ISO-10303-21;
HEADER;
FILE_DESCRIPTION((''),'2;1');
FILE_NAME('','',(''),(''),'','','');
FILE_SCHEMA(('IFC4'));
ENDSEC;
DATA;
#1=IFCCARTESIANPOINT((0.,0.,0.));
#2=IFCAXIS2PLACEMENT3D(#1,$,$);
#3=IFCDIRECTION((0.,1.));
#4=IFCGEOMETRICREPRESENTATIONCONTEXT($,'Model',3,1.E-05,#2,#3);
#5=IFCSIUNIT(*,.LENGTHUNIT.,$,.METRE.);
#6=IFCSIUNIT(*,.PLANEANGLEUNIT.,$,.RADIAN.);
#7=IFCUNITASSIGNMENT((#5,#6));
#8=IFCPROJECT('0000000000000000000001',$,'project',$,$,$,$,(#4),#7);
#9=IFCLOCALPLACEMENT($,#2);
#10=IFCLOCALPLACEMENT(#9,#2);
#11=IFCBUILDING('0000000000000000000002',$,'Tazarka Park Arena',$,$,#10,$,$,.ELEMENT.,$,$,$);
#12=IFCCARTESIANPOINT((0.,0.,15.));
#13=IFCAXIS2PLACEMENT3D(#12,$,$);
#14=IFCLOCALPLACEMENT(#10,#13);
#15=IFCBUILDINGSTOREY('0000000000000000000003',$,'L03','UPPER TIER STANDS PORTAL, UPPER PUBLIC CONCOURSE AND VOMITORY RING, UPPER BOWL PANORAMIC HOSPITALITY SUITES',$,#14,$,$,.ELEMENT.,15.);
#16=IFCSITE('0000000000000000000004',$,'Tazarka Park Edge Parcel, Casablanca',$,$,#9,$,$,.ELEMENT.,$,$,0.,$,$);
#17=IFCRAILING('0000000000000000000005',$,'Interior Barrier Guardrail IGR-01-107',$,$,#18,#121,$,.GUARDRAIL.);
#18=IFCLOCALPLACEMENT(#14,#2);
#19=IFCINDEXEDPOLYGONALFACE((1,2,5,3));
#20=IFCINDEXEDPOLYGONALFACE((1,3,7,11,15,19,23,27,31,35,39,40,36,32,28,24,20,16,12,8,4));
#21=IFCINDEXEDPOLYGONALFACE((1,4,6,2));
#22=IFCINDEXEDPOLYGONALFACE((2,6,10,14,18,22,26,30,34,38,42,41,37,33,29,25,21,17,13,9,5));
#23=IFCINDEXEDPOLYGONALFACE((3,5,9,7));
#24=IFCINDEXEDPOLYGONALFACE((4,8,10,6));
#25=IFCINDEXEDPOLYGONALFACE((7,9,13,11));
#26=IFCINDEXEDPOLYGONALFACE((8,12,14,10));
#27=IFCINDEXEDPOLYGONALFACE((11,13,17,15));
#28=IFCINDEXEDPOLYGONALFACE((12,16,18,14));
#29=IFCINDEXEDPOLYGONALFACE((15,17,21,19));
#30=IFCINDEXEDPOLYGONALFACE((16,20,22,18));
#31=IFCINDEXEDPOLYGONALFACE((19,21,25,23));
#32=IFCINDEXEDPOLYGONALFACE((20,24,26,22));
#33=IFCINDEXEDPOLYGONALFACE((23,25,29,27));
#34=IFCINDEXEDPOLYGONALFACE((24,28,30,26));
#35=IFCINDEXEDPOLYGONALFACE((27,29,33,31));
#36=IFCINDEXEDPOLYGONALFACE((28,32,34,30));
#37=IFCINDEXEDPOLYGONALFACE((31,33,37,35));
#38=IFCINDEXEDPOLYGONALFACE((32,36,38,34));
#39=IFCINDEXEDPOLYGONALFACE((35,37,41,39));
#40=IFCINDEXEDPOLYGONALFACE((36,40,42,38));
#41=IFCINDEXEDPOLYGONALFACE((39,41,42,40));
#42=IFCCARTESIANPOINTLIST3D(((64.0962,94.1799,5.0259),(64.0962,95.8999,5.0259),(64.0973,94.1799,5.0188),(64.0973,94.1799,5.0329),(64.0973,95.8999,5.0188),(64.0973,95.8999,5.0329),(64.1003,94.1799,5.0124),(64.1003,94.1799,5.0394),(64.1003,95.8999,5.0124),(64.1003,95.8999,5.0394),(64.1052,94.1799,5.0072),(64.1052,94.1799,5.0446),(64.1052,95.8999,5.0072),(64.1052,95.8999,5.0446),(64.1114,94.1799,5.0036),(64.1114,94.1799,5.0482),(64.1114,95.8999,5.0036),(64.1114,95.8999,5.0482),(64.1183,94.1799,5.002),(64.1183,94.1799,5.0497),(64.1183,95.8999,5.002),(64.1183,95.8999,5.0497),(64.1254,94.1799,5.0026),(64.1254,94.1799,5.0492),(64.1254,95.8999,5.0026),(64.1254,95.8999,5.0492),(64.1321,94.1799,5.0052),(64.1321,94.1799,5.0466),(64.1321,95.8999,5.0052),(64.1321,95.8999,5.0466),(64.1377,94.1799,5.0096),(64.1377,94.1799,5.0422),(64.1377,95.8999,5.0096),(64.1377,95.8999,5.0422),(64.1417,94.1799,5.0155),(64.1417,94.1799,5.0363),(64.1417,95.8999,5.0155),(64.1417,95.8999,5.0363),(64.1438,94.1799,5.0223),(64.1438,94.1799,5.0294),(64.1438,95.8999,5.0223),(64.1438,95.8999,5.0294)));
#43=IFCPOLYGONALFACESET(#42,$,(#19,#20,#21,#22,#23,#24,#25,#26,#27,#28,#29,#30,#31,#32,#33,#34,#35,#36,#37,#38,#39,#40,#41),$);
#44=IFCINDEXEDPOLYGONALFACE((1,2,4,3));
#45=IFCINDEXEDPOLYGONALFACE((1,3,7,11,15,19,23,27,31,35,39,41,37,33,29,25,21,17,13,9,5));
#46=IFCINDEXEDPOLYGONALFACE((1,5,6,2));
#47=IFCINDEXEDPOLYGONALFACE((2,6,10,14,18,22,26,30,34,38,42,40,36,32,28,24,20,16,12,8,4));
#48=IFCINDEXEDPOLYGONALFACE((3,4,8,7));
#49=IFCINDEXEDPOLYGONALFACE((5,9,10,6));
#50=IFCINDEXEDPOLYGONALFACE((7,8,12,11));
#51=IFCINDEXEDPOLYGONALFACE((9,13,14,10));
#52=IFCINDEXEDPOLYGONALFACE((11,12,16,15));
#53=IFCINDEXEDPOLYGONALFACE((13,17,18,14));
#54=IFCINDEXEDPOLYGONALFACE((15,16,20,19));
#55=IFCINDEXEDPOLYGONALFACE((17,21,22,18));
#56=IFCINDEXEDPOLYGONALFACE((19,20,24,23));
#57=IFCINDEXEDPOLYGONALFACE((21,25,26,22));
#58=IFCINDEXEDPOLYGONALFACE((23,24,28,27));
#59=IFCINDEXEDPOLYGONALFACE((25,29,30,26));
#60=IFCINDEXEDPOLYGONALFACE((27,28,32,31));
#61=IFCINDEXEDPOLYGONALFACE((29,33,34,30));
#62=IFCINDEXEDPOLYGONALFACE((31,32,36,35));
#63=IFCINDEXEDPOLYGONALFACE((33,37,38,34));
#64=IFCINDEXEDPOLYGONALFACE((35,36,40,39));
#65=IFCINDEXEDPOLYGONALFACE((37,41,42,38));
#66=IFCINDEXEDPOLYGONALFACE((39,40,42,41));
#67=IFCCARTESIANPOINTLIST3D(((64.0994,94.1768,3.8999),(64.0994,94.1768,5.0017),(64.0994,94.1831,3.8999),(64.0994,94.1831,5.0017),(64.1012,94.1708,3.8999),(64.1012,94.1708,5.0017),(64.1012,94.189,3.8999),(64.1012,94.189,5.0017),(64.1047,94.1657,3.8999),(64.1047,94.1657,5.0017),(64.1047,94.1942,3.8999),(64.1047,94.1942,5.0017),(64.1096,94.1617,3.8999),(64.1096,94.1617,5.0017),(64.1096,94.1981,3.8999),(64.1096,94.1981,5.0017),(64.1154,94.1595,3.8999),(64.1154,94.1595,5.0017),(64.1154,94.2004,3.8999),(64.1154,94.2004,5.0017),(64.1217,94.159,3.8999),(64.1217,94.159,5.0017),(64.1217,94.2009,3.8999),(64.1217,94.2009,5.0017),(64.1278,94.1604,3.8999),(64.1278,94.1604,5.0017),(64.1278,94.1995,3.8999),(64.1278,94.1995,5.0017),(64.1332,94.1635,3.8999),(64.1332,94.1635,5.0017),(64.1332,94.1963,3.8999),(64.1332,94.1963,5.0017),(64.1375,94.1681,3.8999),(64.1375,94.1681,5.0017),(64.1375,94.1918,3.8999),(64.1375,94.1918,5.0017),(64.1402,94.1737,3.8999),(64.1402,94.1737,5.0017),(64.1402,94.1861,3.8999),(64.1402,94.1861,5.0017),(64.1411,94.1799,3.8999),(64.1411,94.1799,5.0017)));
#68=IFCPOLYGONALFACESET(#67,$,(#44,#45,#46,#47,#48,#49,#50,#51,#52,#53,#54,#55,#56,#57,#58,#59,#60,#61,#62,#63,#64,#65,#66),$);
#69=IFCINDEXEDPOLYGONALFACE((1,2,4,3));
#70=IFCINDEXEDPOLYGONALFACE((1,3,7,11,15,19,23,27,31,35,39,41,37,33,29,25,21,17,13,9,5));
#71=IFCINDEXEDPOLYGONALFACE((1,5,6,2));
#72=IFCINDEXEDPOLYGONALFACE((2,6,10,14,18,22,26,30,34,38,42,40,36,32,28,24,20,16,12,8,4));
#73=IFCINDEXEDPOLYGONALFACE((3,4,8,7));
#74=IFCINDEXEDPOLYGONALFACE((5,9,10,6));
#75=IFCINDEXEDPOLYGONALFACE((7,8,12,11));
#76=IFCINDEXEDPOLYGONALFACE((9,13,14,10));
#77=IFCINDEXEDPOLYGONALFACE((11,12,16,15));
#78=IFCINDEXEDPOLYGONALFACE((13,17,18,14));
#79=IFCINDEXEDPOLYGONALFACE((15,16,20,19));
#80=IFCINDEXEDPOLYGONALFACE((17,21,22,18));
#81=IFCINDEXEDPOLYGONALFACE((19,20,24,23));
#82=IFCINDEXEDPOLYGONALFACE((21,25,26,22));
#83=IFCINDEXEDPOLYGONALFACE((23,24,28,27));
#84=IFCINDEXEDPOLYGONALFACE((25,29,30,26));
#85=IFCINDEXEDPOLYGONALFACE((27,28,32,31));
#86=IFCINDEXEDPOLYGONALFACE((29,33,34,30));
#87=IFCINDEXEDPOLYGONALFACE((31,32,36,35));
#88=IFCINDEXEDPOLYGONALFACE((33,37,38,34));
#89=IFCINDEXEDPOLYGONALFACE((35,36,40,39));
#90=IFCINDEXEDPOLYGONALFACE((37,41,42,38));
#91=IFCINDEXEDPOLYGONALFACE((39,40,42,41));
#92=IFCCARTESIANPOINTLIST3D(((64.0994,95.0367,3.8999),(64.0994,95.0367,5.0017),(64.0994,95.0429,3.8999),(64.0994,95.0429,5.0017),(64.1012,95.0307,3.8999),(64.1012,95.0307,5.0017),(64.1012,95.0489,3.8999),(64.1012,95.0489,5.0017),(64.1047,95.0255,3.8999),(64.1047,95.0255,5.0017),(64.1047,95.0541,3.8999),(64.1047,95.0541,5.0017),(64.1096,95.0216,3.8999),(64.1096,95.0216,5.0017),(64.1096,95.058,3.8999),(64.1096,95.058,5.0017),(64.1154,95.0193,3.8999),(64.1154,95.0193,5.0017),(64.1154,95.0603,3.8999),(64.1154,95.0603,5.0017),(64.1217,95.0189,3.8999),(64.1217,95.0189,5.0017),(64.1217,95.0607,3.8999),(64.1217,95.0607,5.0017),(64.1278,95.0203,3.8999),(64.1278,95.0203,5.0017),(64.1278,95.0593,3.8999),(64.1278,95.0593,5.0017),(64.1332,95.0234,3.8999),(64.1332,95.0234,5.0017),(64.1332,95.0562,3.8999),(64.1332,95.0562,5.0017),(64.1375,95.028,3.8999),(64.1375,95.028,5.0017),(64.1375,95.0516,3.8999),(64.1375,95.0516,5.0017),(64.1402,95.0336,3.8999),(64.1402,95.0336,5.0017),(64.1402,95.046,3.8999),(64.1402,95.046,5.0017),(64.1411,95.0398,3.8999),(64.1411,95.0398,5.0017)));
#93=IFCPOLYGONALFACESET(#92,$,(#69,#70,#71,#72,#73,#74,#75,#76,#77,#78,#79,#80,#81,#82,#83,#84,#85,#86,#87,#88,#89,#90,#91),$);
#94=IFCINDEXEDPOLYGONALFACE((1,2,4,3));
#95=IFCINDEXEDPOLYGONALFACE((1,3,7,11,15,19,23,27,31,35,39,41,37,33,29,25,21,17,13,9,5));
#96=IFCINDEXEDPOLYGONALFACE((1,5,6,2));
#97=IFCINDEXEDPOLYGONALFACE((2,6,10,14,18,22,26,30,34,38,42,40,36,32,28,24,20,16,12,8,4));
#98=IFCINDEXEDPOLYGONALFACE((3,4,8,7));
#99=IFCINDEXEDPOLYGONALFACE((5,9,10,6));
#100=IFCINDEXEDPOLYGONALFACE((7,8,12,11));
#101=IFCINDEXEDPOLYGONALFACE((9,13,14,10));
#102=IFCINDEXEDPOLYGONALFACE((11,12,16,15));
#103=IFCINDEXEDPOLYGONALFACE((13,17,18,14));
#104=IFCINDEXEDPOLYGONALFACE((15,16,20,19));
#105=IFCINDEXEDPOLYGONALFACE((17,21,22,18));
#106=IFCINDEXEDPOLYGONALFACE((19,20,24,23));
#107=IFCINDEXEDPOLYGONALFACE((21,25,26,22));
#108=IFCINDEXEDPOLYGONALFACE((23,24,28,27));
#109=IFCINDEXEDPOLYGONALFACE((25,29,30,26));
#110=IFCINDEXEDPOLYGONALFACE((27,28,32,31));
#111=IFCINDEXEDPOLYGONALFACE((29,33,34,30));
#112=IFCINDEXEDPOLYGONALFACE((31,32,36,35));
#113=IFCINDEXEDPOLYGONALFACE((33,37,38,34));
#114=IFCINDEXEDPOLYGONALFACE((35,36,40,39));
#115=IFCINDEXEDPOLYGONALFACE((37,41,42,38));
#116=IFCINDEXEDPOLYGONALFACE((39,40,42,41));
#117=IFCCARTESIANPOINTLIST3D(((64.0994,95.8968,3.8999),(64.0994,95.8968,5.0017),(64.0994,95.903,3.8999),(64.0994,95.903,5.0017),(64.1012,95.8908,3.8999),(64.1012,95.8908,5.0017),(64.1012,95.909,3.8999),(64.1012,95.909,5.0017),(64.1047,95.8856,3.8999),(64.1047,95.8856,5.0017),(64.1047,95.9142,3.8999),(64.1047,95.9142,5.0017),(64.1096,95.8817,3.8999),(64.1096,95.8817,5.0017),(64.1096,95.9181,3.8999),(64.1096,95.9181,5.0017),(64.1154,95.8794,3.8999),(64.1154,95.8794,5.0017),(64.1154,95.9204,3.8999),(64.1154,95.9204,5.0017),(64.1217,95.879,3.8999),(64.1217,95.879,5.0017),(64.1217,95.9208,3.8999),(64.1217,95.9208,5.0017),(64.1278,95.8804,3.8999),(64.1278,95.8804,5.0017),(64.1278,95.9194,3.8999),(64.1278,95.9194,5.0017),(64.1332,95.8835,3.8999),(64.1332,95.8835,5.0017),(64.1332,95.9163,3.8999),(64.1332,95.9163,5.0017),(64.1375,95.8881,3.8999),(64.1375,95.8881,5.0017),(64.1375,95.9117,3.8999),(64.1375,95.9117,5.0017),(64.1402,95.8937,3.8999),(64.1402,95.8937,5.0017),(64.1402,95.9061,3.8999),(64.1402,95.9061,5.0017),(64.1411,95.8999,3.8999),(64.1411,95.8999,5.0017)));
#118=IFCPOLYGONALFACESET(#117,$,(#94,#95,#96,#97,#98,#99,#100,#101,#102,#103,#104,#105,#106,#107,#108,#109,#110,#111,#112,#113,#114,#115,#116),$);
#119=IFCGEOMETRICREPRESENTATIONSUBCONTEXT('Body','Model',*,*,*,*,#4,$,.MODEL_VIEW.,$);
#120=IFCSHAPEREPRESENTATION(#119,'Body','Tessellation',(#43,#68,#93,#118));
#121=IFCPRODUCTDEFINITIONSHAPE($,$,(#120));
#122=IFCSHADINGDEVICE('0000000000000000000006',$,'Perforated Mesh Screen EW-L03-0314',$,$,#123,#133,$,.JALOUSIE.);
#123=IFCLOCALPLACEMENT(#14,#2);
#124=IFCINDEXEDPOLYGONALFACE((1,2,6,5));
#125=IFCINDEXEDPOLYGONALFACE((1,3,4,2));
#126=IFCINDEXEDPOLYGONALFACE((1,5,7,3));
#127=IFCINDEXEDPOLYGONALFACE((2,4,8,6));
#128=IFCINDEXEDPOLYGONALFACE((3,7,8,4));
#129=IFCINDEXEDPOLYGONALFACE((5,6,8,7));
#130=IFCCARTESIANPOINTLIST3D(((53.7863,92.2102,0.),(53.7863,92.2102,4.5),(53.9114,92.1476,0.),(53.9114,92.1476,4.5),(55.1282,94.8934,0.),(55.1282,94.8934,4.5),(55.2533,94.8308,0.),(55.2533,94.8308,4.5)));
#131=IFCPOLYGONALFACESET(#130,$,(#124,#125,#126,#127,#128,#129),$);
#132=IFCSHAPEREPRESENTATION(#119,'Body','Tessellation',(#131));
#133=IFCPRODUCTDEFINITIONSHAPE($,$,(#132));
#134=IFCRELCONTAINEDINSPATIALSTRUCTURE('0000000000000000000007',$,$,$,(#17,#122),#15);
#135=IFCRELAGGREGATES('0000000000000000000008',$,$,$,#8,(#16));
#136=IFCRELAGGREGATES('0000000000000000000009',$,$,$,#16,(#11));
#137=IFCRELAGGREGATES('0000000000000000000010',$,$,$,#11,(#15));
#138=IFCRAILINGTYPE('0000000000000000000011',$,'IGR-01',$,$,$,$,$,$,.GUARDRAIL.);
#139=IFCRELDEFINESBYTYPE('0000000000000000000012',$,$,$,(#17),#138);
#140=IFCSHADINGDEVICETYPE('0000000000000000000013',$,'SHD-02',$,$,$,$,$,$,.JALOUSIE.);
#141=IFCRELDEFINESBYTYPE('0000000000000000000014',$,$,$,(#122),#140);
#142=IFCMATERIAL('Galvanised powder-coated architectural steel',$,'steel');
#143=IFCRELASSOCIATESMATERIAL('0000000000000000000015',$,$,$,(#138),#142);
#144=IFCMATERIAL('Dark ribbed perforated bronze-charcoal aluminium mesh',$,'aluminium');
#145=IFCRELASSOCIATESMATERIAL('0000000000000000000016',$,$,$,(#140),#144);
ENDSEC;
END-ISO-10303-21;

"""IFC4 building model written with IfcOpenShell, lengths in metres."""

from ifc_helpers import new_model, si_unit, direction, frame, origin, origin_2d, place, context, subcontext, project, spatial, rectangle, circle, extrude, material, type_object, element, save


model = new_model("IFC4")

# Units and contexts
model_context = context("Model", 3, precision=1e-05, world=origin(), true_north=direction((0.0, 1.0)))
body_context = subcontext(model_context, "Body", "Model", "MODEL_VIEW")
ifc_project = project(units=[si_unit("LENGTHUNIT", "METRE"), si_unit("PLANEANGLEUNIT", "RADIAN")], contexts=[model_context])

# Site, building, storey
site_placement = place(None, origin())
site = spatial("IfcSite", under=ifc_project, at=site_placement, Name="Tazarka Park Edge Parcel, Casablanca", CompositionType="ELEMENT", RefElevation=0.0)
building_placement = place(site_placement, origin())
building = spatial("IfcBuilding", under=site, at=building_placement, Name="Tazarka Park Arena", CompositionType="ELEMENT")
storey_placement = place(building_placement, frame((0.0, 0.0, 15.0)))
storey = spatial("IfcBuildingStorey", under=building, at=storey_placement, Name="L03", Description="UPPER TIER STANDS PORTAL, UPPER PUBLIC CONCOURSE AND VOMITORY RING, UPPER BOWL PANORAMIC HOSPITALITY SUITES", CompositionType="ELEMENT", Elevation=15.0)

# Railing
ifc_material_1 = material(Name="Galvanised powder-coated architectural steel", Category="steel")
railing_type = type_object("IfcRailingType", Name="IGR-01", PredefinedType="GUARDRAIL", material=ifc_material_1)
for number, where, name in (
    (1, (64.1201, 94.1799, 3.8999), "Interior Barrier Guardrail IGR-01-107"),
):
    element("IfcRailing", number, at=place(storey_placement, frame(where)), inside=storey, type_object=railing_type, Name=name, PredefinedType="GUARDRAIL", context=body_context, shape_type="SweptSolid", body=[
        extrude(circle(Radius=0.0239, at=origin_2d()), frame((0.0, 0.0, 1.126), z_axis=(0.0, 1.0, 0.0), x_axis=(-1.0, 0.0, 0.0)), (0.0, 0.0, 1.0), 1.72),
        extrude(circle(Radius=0.021, at=origin_2d()), origin(), (0.0, 0.0, 1.0), 1.1018),
        extrude(circle(Radius=0.021, at=origin_2d()), frame((0.0, 0.8599, 0.0)), (0.0, 0.0, 1.0), 1.1018),
        extrude(circle(Radius=0.021, at=origin_2d()), frame((0.0, 1.72, 0.0)), (0.0, 0.0, 1.0), 1.1018),
    ])

# Shading device
ifc_material_2 = material(Name="Dark ribbed perforated bronze-charcoal aluminium mesh", Category="aluminium")
shading_device_type = type_object("IfcShadingDeviceType", Name="SHD-02", PredefinedType="JALOUSIE", material=ifc_material_2)
shading_device_placement = place(storey_placement, frame((54.5198, 93.5205, 0.0), z_axis=(0.0, 0.0, 1.0), x_axis=(0.447291, 0.894389, 0.0)))
element("IfcShadingDevice", 2, at=shading_device_placement, inside=storey, type_object=shading_device_type, Name="Perforated Mesh Screen EW-L03-0314", PredefinedType="JALOUSIE", context=body_context, shape_type="SweptSolid", body=[
    extrude(rectangle(XDim=3.0, YDim=0.1399, at=origin_2d()), origin(), (0.0, 0.0, 1.0), 4.5),
])

save(model, "model.ifc")
